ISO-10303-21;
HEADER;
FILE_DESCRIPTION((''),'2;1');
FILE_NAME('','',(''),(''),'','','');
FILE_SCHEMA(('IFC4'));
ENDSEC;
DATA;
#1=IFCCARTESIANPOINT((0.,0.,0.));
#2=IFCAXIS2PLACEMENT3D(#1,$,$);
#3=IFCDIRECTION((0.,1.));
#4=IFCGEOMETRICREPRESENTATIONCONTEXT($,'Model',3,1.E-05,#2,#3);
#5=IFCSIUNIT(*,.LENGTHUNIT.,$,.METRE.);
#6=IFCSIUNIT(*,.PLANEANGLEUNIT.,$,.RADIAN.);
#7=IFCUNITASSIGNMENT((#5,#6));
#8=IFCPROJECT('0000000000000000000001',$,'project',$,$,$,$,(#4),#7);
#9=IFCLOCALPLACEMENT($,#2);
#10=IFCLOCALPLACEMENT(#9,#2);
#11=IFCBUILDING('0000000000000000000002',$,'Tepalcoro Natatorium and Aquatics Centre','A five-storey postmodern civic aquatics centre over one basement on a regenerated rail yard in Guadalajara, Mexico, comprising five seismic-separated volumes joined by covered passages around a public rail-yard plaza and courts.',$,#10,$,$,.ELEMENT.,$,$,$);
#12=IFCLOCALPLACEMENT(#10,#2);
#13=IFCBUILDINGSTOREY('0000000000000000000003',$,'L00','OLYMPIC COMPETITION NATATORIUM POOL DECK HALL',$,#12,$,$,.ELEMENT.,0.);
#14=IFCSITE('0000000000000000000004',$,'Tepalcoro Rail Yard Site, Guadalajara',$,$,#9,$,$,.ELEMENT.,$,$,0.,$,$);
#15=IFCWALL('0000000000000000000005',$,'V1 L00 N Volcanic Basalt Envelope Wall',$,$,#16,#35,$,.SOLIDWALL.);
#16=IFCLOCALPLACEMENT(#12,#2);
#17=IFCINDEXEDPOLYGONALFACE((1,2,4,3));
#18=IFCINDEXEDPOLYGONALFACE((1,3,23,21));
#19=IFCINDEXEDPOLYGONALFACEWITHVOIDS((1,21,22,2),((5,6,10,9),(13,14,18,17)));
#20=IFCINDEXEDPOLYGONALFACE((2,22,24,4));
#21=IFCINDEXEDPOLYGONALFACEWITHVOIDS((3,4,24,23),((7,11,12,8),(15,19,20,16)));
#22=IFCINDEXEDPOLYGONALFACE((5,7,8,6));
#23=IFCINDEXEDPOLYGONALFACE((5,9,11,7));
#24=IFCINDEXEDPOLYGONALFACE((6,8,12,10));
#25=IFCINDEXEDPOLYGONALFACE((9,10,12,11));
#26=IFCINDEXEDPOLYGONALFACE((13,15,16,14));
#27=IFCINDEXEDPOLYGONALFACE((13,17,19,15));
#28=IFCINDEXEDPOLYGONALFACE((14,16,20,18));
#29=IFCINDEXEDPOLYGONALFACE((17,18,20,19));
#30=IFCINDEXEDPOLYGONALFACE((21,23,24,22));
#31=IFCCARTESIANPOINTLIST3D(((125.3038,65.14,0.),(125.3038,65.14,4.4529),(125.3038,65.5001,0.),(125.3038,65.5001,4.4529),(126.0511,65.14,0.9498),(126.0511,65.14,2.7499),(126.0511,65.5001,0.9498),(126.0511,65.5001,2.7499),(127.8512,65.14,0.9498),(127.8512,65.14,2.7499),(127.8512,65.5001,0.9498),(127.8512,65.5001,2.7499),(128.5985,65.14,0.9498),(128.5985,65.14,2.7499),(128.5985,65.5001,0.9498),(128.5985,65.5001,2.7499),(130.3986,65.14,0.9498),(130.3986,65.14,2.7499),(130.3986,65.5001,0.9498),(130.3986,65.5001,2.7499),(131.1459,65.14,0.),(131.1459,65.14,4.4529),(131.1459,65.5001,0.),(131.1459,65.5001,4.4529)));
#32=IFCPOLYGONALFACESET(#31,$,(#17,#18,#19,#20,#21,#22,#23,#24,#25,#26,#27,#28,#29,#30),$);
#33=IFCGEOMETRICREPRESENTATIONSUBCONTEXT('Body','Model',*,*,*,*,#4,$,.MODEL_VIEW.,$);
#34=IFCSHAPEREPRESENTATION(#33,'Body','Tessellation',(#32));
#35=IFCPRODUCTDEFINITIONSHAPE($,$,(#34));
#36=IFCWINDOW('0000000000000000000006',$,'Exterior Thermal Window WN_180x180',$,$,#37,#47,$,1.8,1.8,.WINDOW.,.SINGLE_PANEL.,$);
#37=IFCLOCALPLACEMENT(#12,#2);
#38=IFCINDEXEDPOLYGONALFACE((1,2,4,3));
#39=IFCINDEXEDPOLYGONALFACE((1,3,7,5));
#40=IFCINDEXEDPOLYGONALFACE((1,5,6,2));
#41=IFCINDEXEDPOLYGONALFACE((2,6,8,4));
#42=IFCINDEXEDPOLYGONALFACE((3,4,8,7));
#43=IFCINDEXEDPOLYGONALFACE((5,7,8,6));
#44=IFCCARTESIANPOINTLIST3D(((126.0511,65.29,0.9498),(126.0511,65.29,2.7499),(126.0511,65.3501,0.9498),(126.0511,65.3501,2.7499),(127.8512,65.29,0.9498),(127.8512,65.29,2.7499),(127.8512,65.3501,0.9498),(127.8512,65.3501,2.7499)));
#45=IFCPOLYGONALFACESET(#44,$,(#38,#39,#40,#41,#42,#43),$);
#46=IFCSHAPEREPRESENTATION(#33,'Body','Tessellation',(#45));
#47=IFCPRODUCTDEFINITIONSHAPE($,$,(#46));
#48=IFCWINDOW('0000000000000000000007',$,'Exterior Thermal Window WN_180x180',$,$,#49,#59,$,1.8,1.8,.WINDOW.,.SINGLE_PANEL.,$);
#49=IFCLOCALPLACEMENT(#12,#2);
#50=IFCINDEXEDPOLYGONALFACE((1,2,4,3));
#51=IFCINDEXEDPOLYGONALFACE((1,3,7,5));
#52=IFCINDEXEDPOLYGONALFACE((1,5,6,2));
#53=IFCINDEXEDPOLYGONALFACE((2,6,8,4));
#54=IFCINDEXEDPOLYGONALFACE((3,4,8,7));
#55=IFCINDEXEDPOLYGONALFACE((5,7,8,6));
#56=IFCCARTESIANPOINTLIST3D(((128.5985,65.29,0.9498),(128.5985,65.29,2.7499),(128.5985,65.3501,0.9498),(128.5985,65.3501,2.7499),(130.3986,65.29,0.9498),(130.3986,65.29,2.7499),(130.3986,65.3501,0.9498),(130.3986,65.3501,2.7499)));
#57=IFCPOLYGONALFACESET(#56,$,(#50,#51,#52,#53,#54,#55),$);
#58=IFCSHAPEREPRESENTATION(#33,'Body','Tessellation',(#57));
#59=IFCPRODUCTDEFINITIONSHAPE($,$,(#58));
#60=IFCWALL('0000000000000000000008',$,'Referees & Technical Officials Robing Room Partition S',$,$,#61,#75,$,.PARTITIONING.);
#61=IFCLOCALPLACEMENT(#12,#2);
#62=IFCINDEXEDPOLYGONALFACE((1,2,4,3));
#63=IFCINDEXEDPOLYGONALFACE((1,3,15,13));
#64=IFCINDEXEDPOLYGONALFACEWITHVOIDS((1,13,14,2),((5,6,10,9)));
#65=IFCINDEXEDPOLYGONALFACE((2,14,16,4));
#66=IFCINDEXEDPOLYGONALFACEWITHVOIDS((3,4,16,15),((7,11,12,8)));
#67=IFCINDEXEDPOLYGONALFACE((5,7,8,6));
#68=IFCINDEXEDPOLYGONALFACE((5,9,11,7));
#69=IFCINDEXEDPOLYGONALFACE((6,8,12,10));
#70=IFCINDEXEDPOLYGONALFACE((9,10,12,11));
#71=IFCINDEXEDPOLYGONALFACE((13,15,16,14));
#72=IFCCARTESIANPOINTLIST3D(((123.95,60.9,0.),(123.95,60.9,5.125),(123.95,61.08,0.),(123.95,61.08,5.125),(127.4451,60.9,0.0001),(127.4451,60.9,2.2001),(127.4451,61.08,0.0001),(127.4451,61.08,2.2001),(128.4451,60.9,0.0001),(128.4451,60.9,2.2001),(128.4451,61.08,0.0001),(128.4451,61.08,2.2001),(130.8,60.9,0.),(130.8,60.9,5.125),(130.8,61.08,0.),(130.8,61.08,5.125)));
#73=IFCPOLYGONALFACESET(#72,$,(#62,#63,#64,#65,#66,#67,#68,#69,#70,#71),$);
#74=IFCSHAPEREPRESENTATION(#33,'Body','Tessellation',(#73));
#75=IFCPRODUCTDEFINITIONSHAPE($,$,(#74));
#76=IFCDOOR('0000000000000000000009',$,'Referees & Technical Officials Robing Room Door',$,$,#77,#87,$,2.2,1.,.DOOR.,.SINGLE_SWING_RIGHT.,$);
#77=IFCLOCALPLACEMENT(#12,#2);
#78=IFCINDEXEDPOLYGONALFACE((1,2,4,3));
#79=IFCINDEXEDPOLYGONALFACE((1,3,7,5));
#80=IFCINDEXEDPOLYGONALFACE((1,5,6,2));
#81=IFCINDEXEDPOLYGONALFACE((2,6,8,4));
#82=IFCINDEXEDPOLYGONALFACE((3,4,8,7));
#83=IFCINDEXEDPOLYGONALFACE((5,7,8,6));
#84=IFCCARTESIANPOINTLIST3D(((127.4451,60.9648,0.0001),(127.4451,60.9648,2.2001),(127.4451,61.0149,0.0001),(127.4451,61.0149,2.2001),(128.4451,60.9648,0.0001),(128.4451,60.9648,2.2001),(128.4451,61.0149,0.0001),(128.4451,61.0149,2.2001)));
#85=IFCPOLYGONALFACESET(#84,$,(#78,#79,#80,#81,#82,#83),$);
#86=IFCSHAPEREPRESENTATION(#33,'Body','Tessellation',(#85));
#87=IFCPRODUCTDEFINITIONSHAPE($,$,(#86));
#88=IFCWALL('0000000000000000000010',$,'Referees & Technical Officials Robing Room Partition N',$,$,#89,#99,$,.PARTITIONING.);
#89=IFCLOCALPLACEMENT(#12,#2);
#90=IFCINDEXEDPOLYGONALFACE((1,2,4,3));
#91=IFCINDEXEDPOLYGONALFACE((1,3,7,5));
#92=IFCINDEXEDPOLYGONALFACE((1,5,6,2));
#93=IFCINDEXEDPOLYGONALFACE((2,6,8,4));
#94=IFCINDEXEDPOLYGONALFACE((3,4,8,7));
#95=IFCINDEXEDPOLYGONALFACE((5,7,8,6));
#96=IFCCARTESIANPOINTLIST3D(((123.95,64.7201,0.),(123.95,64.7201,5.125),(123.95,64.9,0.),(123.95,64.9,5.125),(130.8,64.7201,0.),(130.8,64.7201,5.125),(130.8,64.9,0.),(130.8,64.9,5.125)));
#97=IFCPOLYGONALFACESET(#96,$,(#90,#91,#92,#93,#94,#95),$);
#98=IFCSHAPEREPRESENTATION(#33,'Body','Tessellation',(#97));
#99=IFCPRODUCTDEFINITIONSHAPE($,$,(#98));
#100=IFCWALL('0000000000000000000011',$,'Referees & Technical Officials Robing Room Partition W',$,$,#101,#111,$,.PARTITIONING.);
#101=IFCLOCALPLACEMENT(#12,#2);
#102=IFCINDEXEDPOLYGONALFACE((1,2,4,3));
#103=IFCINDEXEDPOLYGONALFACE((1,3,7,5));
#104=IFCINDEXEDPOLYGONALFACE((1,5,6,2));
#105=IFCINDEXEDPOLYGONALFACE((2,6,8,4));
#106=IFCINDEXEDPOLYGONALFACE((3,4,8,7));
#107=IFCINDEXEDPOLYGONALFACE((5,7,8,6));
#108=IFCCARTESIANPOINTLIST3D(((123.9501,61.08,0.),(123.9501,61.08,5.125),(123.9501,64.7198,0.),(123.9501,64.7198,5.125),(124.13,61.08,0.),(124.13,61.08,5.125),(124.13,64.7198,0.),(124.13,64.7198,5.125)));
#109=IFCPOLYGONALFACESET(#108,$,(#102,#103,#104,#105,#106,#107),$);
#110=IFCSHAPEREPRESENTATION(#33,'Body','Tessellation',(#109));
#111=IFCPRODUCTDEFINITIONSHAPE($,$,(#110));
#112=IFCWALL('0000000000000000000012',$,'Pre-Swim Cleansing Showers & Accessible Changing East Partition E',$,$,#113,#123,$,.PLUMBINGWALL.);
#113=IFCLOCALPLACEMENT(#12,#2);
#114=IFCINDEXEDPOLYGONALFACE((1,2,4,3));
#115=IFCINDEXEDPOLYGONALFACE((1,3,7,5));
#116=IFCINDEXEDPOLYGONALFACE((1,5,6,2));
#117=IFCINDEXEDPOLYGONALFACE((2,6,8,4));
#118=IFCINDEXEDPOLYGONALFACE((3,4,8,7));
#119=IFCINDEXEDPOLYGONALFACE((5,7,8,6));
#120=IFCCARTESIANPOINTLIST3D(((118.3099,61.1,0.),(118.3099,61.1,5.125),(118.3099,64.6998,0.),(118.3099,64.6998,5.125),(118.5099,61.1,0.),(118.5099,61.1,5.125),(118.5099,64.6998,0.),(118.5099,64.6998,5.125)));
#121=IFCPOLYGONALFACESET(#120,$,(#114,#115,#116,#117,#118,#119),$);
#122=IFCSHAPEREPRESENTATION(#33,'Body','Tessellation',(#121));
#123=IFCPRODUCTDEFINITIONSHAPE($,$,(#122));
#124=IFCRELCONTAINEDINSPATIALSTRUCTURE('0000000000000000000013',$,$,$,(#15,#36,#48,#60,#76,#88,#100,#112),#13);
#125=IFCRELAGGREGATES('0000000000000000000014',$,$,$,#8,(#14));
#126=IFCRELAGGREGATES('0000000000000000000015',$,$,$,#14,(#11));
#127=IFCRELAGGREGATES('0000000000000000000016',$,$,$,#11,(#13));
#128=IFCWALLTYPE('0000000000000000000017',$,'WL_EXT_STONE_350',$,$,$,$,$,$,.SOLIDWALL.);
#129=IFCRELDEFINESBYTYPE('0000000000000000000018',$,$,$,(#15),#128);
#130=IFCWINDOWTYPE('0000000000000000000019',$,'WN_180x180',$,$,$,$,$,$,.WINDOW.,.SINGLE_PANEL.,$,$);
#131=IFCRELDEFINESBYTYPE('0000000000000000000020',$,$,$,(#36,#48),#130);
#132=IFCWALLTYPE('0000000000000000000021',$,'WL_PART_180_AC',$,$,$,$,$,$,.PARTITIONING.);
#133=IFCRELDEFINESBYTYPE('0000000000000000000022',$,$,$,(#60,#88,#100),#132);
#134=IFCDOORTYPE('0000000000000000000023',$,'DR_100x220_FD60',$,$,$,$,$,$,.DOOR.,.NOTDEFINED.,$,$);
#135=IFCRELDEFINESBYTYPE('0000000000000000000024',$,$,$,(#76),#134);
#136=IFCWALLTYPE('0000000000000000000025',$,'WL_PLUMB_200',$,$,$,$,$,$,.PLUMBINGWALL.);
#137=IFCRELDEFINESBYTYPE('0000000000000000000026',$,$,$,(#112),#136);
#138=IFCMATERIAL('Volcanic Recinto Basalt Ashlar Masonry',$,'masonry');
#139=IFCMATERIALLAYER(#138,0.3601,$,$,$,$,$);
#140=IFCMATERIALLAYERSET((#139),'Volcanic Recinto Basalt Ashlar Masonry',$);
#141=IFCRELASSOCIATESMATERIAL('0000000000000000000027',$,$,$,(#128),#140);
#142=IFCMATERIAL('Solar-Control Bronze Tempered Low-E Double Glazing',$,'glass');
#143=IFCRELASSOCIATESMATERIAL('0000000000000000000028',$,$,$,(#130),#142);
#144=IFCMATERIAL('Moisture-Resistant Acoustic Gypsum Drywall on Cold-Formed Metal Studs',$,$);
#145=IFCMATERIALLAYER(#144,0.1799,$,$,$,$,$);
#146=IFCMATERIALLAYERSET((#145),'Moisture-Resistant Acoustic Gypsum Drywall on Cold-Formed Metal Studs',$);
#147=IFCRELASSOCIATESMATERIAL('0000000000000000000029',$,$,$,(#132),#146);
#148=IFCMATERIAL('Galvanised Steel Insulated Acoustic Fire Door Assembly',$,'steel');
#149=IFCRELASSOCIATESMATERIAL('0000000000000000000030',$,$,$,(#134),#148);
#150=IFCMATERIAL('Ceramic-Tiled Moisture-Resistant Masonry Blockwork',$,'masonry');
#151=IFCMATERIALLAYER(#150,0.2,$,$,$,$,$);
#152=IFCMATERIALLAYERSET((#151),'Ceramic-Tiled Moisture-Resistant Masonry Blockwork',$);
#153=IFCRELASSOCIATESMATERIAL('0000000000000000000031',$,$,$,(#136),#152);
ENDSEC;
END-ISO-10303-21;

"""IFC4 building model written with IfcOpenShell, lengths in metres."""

from ifc_helpers import new_model, si_unit, direction, frame, frame_2d, origin, place, context, subcontext, project, spatial, rectangle, extrude, material, layer, layer_set, type_object, element, fill, save


model = new_model("IFC4")

# Units and contexts
model_context = context("Model", 3, precision=1e-05, world=origin(), true_north=direction((0.0, 1.0)))
body_context = subcontext(model_context, "Body", "Model", "MODEL_VIEW")
ifc_project = project(units=[si_unit("LENGTHUNIT", "METRE"), si_unit("PLANEANGLEUNIT", "RADIAN")], contexts=[model_context])

# Site, building, storey
site_placement = place(None, origin())
site = spatial("IfcSite", under=ifc_project, at=site_placement, Name="Tepalcoro Rail Yard Site, Guadalajara", CompositionType="ELEMENT", RefElevation=0.0)
building_placement = place(site_placement, origin())
building = spatial("IfcBuilding", under=site, at=building_placement, Name="Tepalcoro Natatorium and Aquatics Centre", Description="A five-storey postmodern civic aquatics centre over one basement on a regenerated rail yard in Guadalajara, Mexico, comprising five seismic-separated volumes joined by covered passages around a public rail-yard plaza and courts.", CompositionType="ELEMENT")
storey_placement = place(building_placement, origin())
storey = spatial("IfcBuildingStorey", under=building, at=storey_placement, Name="L00", Description="OLYMPIC COMPETITION NATATORIUM POOL DECK HALL", CompositionType="ELEMENT", Elevation=0.0)

# Shared definitions
ifc_material_1 = material(Name="Volcanic Recinto Basalt Ashlar Masonry", Category="masonry")
ifc_layer_1 = layer(ifc_material_1, 0.3601)
ifc_layer_set_1 = layer_set([ifc_layer_1], Name="Volcanic Recinto Basalt Ashlar Masonry")
wall_type_1 = type_object("IfcWallType", Name="WL_EXT_STONE_350", PredefinedType="SOLIDWALL", material=ifc_layer_set_1)

# Wall, openings, windows
wall_1_placement = place(storey_placement, frame((125.304, 65.3201, 0.0), z_axis=(0.0, 0.0, 1.0), x_axis=(1.0, 0.0, 0.0)))
wall_1 = element("IfcWall", 1, at=wall_1_placement, inside=storey, type_object=wall_type_1, Name="V1 L00 N Volcanic Basalt Envelope Wall", PredefinedType="SOLIDWALL", context=body_context, shape_type="SweptSolid", body=[
    extrude(rectangle(XDim=5.842, YDim=0.3601, at=frame_2d((2.9209, 0.0))), origin(), (0.0, 0.0, 1.0), 4.4529),
])
opening_1_placement = place(wall_1_placement, frame((0.7473, 0.0, 0.95)))
opening_1 = element("IfcOpeningElement", 2, at=opening_1_placement, cuts=wall_1, PredefinedType="OPENING", context=body_context, shape_type="SweptSolid", body=[
    extrude(rectangle(XDim=1.8, YDim=1.8, at=frame_2d((0.8999, 0.8999))), frame((0.0, 0.1919, 0.0), z_axis=(0.0, -1.0, 0.0), x_axis=(1.0, 0.0, 0.0)), (0.0, 0.0, 1.0), 0.384),
])
opening_2_placement = place(wall_1_placement, frame((3.2947, 0.0, 0.95)))
opening_2 = element("IfcOpeningElement", 3, at=opening_2_placement, cuts=wall_1, PredefinedType="OPENING", context=body_context, shape_type="SweptSolid", body=[
    extrude(rectangle(XDim=1.8, YDim=1.8, at=frame_2d((0.8999, 0.8999))), frame((0.0, 0.1919, 0.0), z_axis=(0.0, -1.0, 0.0), x_axis=(1.0, 0.0, 0.0)), (0.0, 0.0, 1.0), 0.384),
])
ifc_material_2 = material(Name="Solar-Control Bronze Tempered Low-E Double Glazing", Category="glass")
window_type = type_object("IfcWindowType", Name="WN_180x180", PartitioningType="SINGLE_PANEL", PredefinedType="WINDOW", material=ifc_material_2)
window_1_placement = place(opening_1_placement, origin())
window_1 = element("IfcWindow", 4, at=window_1_placement, inside=storey, type_object=window_type, Name="Exterior Thermal Window WN_180x180", OverallHeight=1.8, OverallWidth=1.8, PartitioningType="SINGLE_PANEL", PredefinedType="WINDOW", context=body_context, shape_type="SweptSolid", body=[
    extrude(rectangle(XDim=1.8, YDim=1.8, at=frame_2d((0.8999, 0.8999))), frame((0.0, 0.03, 0.0), z_axis=(0.0, -1.0, 0.0), x_axis=(1.0, 0.0, 0.0)), (0.0, 0.0, 1.0), 0.0601),
])
fill(opening_1, window_1)
window_2_placement = place(opening_2_placement, origin())
window_2 = element("IfcWindow", 5, at=window_2_placement, inside=storey, type_object=window_type, Name="Exterior Thermal Window WN_180x180", OverallHeight=1.8, OverallWidth=1.8, PartitioningType="SINGLE_PANEL", PredefinedType="WINDOW", context=body_context, shape_type="SweptSolid", body=[
    extrude(rectangle(XDim=1.8, YDim=1.8, at=frame_2d((0.8999, 0.8999))), frame((0.0, 0.03, 0.0), z_axis=(0.0, -1.0, 0.0), x_axis=(1.0, 0.0, 0.0)), (0.0, 0.0, 1.0), 0.0601),
])
fill(opening_2, window_2)

# Wall, opening, door
ifc_material_3 = material(Name="Moisture-Resistant Acoustic Gypsum Drywall on Cold-Formed Metal Studs")
ifc_layer_2 = layer(ifc_material_3, 0.1799)
ifc_layer_set_2 = layer_set([ifc_layer_2], Name="Moisture-Resistant Acoustic Gypsum Drywall on Cold-Formed Metal Studs")
wall_type_2 = type_object("IfcWallType", Name="WL_PART_180_AC", PredefinedType="PARTITIONING", material=ifc_layer_set_2)
wall_2_placement = place(storey_placement, frame((123.95, 60.99, 0.0), z_axis=(0.0, 0.0, 1.0), x_axis=(1.0, 0.0, 0.0)))
wall_2 = element("IfcWall", 6, at=wall_2_placement, inside=storey, type_object=wall_type_2, Name="Referees & Technical Officials Robing Room Partition S", PredefinedType="PARTITIONING", context=body_context, shape_type="SweptSolid", body=[
    extrude(rectangle(XDim=6.8501, YDim=0.1799, at=frame_2d((3.425, 0.0))), origin(), (0.0, 0.0, 1.0), 5.125),
])
opening_3_placement = place(wall_2_placement, frame((3.4951, 0.0, 0.0)))
opening_3 = element("IfcOpeningElement", 7, at=opening_3_placement, cuts=wall_2, PredefinedType="OPENING", context=body_context, shape_type="SweptSolid", body=[
    extrude(rectangle(XDim=1.0, YDim=2.2, at=frame_2d((0.5, 1.1001))), frame((0.0, 0.1021, 0.0), z_axis=(0.0, -1.0, 0.0), x_axis=(1.0, 0.0, 0.0)), (0.0, 0.0, 1.0), 0.2039),
])
ifc_material_4 = material(Name="Galvanised Steel Insulated Acoustic Fire Door Assembly", Category="steel")
door_type_1 = type_object("IfcDoorType", Name="DR_100x220_FD60", OperationType="NOTDEFINED", PredefinedType="DOOR", material=ifc_material_4)
door_1_placement = place(opening_3_placement, origin())
door_1 = element("IfcDoor", 8, at=door_1_placement, inside=storey, type_object=door_type_1, Name="Referees & Technical Officials Robing Room Door", OperationType="SINGLE_SWING_RIGHT", OverallHeight=2.2, OverallWidth=1.0, PredefinedType="DOOR", context=body_context, shape_type="SweptSolid", body=[
    extrude(rectangle(XDim=1.0, YDim=2.2, at=frame_2d((0.5, 1.1001))), frame((0.0, 0.0249, 0.0), z_axis=(0.0, -1.0, 0.0), x_axis=(1.0, 0.0, 0.0)), (0.0, 0.0, 1.0), 0.05),
])
fill(opening_3, door_1)

# Walls
wall_3_placement = place(storey_placement, frame((123.95, 64.8101, 0.0), z_axis=(0.0, 0.0, 1.0), x_axis=(1.0, 0.0, 0.0)))
element("IfcWall", 9, at=wall_3_placement, inside=storey, type_object=wall_type_2, Name="Referees & Technical Officials Robing Room Partition N", PredefinedType="PARTITIONING", context=body_context, shape_type="SweptSolid", body=[
    extrude(rectangle(XDim=6.8501, YDim=0.1799, at=frame_2d((3.425, 0.0))), origin(), (0.0, 0.0, 1.0), 5.125),
])
wall_4_placement = place(storey_placement, frame((124.04, 61.0801, 0.0), z_axis=(0.0, 0.0, 1.0), x_axis=(0.0, 1.0, 0.0)))
element("IfcWall", 10, at=wall_4_placement, inside=storey, type_object=wall_type_2, Name="Referees & Technical Officials Robing Room Partition W", PredefinedType="PARTITIONING", context=body_context, shape_type="SweptSolid", body=[
    extrude(rectangle(XDim=3.6399, YDim=0.1799, at=frame_2d((1.8198, 0.0))), origin(), (0.0, 0.0, 1.0), 5.125),
])
ifc_material_5 = material(Name="Ceramic-Tiled Moisture-Resistant Masonry Blockwork", Category="masonry")
ifc_layer_3 = layer(ifc_material_5, 0.2)
ifc_layer_set_3 = layer_set([ifc_layer_3], Name="Ceramic-Tiled Moisture-Resistant Masonry Blockwork")
wall_type_3 = type_object("IfcWallType", Name="WL_PLUMB_200", PredefinedType="PLUMBINGWALL", material=ifc_layer_set_3)
wall_5_placement = place(storey_placement, frame((118.4099, 61.1001, 0.0), z_axis=(0.0, 0.0, 1.0), x_axis=(0.0, 1.0, 0.0)))
element("IfcWall", 11, at=wall_5_placement, inside=storey, type_object=wall_type_3, Name="Pre-Swim Cleansing Showers & Accessible Changing East Partition E", PredefinedType="PLUMBINGWALL", context=body_context, shape_type="SweptSolid", body=[
    extrude(rectangle(XDim=3.5999, YDim=0.2, at=frame_2d((1.7998, 0.0))), origin(), (0.0, 0.0, 1.0), 5.125),
])

save(model, "model.ifc")
